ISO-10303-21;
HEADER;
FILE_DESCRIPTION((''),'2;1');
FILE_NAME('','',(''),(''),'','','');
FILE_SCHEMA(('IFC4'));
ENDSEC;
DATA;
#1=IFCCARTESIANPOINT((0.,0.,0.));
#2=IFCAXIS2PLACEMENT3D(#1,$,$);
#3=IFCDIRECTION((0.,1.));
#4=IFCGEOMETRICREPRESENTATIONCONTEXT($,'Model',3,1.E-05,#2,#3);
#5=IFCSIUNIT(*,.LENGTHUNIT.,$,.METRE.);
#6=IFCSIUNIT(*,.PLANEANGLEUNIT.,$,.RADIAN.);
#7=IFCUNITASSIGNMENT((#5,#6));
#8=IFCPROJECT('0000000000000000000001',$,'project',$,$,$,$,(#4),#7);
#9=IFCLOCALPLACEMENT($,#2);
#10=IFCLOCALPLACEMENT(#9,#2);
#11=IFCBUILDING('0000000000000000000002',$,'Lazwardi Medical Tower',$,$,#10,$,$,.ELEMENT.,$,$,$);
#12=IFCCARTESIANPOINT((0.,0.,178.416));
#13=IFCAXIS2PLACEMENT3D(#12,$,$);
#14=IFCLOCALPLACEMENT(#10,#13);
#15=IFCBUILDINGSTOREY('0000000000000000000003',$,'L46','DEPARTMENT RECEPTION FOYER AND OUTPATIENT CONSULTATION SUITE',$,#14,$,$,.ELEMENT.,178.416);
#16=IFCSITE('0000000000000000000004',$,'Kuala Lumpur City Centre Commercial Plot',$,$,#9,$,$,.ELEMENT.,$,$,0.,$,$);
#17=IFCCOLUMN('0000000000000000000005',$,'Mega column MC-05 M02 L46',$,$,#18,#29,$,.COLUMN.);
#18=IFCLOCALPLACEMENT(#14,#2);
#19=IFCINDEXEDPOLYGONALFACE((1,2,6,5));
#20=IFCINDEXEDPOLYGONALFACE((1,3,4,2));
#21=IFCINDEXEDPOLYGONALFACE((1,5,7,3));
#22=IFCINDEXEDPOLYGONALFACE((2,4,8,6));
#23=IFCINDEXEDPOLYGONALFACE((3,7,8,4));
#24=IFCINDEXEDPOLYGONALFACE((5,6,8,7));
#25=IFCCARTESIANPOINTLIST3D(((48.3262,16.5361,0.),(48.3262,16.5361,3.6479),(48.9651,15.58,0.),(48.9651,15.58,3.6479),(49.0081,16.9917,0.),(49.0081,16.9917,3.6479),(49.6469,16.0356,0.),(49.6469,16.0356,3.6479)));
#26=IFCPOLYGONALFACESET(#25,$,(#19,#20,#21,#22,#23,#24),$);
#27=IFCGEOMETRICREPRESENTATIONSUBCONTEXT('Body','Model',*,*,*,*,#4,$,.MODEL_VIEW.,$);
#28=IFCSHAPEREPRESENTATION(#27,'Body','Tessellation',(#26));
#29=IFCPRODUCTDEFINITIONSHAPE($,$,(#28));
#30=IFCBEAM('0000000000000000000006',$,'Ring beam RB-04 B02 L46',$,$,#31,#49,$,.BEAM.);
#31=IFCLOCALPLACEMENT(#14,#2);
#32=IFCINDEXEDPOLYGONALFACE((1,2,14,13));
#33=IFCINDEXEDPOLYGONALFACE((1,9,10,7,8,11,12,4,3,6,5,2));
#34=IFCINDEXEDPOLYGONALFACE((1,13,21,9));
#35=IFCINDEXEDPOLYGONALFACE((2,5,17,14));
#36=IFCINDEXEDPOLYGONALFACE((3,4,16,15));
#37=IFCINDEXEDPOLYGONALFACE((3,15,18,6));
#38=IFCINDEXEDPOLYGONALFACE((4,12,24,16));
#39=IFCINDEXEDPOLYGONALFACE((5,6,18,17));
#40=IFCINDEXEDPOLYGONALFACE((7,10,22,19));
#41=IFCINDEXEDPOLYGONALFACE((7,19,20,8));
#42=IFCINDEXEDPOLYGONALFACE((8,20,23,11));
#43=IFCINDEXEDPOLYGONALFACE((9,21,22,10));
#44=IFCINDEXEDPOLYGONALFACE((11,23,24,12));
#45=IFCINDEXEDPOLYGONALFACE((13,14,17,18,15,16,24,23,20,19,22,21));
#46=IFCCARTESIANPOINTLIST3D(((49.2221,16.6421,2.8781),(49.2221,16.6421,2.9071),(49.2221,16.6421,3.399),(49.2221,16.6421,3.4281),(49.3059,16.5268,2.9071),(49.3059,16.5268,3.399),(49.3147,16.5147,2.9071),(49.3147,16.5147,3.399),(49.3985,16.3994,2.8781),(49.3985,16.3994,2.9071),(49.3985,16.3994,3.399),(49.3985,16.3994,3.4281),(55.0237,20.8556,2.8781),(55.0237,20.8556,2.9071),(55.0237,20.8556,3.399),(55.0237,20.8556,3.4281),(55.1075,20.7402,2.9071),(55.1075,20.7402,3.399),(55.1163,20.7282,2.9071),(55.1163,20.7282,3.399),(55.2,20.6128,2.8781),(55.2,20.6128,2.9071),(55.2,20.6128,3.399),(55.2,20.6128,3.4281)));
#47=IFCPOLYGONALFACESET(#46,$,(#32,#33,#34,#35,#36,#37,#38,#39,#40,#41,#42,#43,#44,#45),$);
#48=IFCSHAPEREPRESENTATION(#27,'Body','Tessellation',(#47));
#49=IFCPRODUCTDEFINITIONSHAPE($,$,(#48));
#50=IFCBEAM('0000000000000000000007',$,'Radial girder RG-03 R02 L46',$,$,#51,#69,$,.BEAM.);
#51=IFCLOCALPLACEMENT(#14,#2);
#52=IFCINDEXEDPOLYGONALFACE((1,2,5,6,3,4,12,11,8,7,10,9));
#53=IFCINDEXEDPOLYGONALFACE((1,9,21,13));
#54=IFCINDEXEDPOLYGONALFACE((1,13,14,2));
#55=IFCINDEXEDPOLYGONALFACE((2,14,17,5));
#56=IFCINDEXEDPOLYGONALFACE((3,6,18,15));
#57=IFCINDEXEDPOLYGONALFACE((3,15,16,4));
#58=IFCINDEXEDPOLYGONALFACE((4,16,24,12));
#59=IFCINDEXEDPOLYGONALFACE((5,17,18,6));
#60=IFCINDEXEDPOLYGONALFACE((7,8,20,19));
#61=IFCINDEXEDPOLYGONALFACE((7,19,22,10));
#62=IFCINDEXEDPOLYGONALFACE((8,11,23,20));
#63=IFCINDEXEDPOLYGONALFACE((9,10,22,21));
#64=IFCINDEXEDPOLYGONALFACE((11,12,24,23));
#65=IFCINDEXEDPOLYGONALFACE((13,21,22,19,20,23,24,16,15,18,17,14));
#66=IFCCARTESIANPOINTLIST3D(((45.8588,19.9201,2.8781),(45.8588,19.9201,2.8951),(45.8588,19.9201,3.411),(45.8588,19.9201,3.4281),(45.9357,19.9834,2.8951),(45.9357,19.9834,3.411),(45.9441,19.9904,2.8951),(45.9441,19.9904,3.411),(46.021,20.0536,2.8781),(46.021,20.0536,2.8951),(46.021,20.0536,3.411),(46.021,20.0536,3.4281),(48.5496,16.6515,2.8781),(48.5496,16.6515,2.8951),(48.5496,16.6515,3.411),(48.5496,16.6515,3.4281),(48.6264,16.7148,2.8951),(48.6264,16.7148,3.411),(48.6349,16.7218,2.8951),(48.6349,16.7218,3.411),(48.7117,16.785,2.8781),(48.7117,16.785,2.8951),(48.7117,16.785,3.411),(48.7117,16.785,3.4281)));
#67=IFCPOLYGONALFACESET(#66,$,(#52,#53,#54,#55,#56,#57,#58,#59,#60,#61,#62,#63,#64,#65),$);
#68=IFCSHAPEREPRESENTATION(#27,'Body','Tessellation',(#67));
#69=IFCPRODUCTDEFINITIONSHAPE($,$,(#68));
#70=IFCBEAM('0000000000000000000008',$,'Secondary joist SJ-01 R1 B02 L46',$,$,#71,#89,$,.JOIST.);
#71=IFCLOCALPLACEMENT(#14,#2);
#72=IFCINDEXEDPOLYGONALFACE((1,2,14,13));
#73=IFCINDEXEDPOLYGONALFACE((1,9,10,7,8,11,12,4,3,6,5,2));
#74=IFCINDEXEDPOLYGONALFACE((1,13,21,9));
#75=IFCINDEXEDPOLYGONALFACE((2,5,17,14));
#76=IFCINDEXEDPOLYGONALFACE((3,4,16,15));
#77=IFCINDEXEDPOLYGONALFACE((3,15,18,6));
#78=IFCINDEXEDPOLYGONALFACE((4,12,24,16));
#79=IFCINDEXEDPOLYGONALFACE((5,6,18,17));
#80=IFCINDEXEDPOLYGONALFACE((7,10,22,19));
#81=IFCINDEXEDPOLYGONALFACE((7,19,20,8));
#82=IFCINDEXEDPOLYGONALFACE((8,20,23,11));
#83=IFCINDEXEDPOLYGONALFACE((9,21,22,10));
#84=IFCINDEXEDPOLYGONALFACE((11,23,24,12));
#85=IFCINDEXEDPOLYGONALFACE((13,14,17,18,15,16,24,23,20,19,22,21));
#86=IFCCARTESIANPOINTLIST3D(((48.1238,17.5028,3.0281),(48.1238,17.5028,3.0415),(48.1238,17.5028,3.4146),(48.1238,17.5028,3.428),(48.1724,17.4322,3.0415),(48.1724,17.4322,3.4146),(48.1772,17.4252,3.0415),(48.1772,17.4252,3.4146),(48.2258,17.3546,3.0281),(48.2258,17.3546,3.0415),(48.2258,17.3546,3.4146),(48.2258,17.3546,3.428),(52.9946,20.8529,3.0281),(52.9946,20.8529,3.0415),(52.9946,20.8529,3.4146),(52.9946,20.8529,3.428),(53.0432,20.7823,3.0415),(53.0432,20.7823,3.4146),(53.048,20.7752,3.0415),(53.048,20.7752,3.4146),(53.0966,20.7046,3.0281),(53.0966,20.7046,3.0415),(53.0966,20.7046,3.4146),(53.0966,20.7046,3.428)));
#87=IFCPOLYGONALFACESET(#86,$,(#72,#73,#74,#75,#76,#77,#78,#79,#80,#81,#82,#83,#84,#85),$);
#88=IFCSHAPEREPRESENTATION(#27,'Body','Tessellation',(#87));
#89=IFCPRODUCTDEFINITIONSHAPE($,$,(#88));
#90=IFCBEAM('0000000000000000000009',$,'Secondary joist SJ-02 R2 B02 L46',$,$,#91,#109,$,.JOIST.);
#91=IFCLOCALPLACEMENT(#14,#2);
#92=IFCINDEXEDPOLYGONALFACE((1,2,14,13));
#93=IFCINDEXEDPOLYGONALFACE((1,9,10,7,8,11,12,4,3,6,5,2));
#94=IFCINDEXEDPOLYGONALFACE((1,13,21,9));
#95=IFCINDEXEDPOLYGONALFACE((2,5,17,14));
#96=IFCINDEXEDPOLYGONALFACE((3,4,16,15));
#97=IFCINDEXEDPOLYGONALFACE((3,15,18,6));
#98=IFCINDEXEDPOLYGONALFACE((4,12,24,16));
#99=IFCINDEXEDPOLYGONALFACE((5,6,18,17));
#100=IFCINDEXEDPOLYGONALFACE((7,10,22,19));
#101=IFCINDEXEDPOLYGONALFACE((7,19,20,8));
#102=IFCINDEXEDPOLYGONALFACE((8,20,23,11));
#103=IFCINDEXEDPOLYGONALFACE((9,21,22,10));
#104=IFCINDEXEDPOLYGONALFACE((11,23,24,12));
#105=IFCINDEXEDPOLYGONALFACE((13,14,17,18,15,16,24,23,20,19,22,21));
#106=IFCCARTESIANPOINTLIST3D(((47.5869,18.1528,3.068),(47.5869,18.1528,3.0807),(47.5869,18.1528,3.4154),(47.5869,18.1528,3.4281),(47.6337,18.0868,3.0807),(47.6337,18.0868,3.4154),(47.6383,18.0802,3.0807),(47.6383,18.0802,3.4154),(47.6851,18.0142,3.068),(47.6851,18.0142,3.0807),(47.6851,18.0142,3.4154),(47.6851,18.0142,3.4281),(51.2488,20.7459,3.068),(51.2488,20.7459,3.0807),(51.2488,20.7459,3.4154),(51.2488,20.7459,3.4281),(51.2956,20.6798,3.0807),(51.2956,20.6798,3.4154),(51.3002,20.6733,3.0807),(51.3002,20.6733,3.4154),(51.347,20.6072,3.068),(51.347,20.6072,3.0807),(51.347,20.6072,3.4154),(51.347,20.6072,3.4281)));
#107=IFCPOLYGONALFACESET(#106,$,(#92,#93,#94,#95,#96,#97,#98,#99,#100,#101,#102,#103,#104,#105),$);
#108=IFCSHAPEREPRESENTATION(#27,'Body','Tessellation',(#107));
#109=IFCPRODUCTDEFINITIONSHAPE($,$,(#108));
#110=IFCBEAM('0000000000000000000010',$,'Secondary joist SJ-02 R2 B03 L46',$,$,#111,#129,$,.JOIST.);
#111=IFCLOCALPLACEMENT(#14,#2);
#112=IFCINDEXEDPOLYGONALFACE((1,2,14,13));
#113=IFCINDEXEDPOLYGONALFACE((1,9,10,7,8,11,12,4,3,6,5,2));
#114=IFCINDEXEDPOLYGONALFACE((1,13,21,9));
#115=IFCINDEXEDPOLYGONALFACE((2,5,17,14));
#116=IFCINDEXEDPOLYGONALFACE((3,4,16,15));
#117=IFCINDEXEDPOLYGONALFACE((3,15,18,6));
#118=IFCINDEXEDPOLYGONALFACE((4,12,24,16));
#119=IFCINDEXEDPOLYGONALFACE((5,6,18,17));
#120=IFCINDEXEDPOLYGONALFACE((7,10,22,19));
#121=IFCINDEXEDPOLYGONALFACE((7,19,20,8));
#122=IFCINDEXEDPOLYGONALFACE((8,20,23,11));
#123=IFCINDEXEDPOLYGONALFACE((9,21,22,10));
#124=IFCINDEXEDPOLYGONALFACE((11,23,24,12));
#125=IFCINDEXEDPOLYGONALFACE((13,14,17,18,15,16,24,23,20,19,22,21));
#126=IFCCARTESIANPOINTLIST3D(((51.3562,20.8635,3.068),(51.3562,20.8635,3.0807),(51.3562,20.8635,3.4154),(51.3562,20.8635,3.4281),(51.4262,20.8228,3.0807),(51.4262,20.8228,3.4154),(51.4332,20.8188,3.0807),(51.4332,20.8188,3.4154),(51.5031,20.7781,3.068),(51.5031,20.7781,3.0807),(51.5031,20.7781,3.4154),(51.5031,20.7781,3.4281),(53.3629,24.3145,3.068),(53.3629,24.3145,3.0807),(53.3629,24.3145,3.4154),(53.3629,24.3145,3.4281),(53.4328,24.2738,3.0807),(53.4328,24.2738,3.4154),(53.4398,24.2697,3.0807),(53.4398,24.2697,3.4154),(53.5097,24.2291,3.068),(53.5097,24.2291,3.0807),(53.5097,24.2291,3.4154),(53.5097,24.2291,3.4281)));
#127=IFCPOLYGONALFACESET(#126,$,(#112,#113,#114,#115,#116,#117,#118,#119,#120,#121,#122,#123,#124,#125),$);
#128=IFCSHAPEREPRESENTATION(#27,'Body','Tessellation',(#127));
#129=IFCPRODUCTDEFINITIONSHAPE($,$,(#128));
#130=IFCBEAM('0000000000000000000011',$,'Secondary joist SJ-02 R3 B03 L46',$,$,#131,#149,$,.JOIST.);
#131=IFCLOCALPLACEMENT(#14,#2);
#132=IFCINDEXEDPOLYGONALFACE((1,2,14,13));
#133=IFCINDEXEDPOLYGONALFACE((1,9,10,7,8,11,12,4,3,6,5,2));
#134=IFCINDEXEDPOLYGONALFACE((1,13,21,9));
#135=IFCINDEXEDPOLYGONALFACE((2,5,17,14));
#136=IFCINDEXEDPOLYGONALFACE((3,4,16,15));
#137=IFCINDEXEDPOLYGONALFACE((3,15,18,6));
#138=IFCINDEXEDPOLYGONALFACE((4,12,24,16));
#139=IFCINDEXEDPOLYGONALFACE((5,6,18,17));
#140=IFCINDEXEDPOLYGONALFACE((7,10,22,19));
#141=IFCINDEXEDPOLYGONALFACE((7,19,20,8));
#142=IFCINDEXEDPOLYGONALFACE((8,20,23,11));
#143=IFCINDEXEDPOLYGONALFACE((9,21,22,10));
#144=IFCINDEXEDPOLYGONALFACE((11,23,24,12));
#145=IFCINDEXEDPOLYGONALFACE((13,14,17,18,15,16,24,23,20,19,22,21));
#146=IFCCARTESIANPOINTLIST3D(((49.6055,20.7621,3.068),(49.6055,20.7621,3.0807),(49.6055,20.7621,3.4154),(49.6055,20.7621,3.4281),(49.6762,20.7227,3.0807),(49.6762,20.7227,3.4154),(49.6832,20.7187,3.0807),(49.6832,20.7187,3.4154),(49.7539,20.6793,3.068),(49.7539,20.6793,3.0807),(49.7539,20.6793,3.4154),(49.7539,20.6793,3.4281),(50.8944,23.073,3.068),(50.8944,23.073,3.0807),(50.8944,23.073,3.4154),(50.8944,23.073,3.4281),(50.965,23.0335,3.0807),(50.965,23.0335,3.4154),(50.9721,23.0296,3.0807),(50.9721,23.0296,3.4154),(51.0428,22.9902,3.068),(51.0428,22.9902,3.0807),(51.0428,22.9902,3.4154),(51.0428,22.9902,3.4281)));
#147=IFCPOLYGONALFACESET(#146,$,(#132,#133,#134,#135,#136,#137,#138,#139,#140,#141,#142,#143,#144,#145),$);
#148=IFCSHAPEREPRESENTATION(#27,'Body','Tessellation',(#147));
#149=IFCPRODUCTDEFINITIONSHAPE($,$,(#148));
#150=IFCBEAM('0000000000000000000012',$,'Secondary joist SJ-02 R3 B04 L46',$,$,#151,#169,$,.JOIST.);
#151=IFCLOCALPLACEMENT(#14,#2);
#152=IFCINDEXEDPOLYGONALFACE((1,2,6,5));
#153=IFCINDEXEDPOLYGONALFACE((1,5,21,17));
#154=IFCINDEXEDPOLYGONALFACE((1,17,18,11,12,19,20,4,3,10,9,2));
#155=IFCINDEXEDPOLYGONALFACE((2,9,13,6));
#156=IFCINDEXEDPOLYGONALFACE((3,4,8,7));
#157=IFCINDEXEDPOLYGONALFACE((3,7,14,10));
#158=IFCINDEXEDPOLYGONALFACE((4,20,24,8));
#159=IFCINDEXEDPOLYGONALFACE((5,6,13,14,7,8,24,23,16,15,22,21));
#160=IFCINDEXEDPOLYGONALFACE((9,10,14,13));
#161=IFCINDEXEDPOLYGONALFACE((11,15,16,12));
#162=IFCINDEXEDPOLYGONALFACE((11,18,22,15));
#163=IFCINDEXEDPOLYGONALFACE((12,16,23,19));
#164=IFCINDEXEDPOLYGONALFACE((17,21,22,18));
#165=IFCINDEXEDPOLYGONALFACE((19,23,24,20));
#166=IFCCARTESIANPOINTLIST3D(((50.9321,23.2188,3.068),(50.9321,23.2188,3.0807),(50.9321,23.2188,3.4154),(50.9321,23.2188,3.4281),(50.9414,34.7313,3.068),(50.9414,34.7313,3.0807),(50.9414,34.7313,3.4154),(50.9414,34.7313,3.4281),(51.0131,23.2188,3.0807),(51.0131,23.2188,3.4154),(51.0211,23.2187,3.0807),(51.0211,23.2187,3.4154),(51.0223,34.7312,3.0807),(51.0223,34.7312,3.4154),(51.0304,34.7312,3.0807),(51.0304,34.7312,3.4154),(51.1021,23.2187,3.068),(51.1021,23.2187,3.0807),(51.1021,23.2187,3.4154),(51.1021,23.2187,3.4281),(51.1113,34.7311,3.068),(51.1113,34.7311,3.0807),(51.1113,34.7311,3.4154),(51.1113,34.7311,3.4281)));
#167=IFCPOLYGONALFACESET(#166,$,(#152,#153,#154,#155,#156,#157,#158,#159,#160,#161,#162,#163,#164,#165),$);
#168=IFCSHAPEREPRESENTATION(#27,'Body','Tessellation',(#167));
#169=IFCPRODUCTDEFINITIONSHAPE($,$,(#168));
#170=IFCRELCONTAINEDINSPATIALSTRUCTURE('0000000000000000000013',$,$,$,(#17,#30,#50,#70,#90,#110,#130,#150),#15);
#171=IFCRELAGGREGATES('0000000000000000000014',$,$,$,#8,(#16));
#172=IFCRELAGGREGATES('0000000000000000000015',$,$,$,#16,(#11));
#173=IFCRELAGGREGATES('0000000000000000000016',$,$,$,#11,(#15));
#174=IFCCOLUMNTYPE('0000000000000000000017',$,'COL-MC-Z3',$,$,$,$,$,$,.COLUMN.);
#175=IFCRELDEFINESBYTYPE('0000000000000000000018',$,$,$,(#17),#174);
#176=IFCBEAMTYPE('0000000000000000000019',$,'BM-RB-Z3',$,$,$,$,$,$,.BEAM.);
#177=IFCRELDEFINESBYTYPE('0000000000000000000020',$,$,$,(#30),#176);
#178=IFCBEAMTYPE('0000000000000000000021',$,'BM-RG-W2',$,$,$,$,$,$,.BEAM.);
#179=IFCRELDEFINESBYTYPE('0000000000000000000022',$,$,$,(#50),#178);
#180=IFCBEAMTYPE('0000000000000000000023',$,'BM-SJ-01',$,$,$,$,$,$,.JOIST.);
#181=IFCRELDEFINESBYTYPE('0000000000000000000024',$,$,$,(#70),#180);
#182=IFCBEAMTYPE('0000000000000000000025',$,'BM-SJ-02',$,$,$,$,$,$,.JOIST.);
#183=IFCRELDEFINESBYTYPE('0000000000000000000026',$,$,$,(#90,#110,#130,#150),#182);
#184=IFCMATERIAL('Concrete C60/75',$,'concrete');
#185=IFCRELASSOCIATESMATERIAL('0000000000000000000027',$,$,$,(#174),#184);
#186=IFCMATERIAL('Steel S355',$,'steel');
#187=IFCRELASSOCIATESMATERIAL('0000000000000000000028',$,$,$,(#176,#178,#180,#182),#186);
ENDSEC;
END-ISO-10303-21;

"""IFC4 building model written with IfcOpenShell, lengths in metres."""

from ifc_helpers import new_model, si_unit, direction, frame, origin, origin_2d, place, context, subcontext, project, spatial, rectangle, i_section, extrude, material, material_profile, profile_set, type_object, element, save


model = new_model("IFC4")

# Units and contexts
model_context = context("Model", 3, precision=1e-05, world=origin(), true_north=direction((0.0, 1.0)))
body_context = subcontext(model_context, "Body", "Model", "MODEL_VIEW")
ifc_project = project(units=[si_unit("LENGTHUNIT", "METRE"), si_unit("PLANEANGLEUNIT", "RADIAN")], contexts=[model_context])

# Site, building, storey
site_placement = place(None, origin())
site = spatial("IfcSite", under=ifc_project, at=site_placement, Name="Kuala Lumpur City Centre Commercial Plot", CompositionType="ELEMENT", RefElevation=0.0)
building_placement = place(site_placement, origin())
building = spatial("IfcBuilding", under=site, at=building_placement, Name="Lazwardi Medical Tower", CompositionType="ELEMENT")
storey_placement = place(building_placement, frame((0.0, 0.0, 178.416)))
storey = spatial("IfcBuildingStorey", under=building, at=storey_placement, Name="L46", Description="DEPARTMENT RECEPTION FOYER AND OUTPATIENT CONSULTATION SUITE", CompositionType="ELEMENT", Elevation=178.416)

# Column
ifc_material_1 = material(Name="Concrete C60/75", Category="concrete")
ifc_material_profile_1 = material_profile(ifc_material_1, rectangle(XDim=1.1499, YDim=0.8201, at=origin_2d()), Name="CFT-RECT 1150x820")
ifc_profile_set_1 = profile_set([ifc_material_profile_1], Name="Concrete C60/75")
column_type = type_object("IfcColumnType", Name="COL-MC-Z3", PredefinedType="COLUMN", material=ifc_profile_set_1)
column_placement = place(storey_placement, frame((48.9866, 16.2859, 0.0), z_axis=(0.0, 0.0, 1.0), x_axis=(0.55557, -0.83147, 0.0)))
element("IfcColumn", 1, at=column_placement, inside=storey, type_object=column_type, Name="Mega column MC-05 M02 L46", PredefinedType="COLUMN", context=body_context, shape_type="SweptSolid", body=[
    extrude(rectangle(XDim=1.1499, YDim=0.8201, at=origin_2d()), origin(), (0.0, 0.0, 1.0), 3.6479),
])

# Beams
ifc_material_2 = material(Name="Steel S355", Category="steel")
ifc_material_profile_2 = material_profile(ifc_material_2, i_section(OverallWidth=0.3, OverallDepth=0.55, WebThickness=0.0149, FlangeThickness=0.0291, at=origin_2d()), Name="HEB 550")
ifc_profile_set_2 = profile_set([ifc_material_profile_2], Name="Steel S355")
beam_type_1 = type_object("IfcBeamType", Name="BM-RB-Z3", PredefinedType="BEAM", material=ifc_profile_set_2)
beam_1_placement = place(storey_placement, frame((49.3103, 16.5208, 3.1531), z_axis=(0.809128, 0.587633, 0.0), x_axis=(-0.587633, 0.809128, 0.0)))
element("IfcBeam", 2, at=beam_1_placement, inside=storey, type_object=beam_type_1, Name="Ring beam RB-04 B02 L46", PredefinedType="BEAM", context=body_context, shape_type="SweptSolid", body=[
    extrude(i_section(OverallWidth=0.3, OverallDepth=0.55, WebThickness=0.0149, FlangeThickness=0.0291, at=origin_2d()), origin(), (0.0, 0.0, 1.0), 7.1702),
])
ifc_material_profile_3 = material_profile(ifc_material_2, i_section(OverallWidth=0.21, OverallDepth=0.55, WebThickness=0.011, FlangeThickness=0.0171, at=origin_2d()), Name="IPE 550")
ifc_profile_set_3 = profile_set([ifc_material_profile_3], Name="Steel S355")
beam_type_2 = type_object("IfcBeamType", Name="BM-RG-W2", PredefinedType="BEAM", material=ifc_profile_set_3)
beam_2_placement = place(storey_placement, frame((48.6306, 16.7183, 3.1531), z_axis=(-0.635556, 0.772055, 0.0), x_axis=(-0.772055, -0.635556, 0.0)))
element("IfcBeam", 3, at=beam_2_placement, inside=storey, type_object=beam_type_2, Name="Radial girder RG-03 R02 L46", PredefinedType="BEAM", context=body_context, shape_type="SweptSolid", body=[
    extrude(i_section(OverallWidth=0.21, OverallDepth=0.55, WebThickness=0.011, FlangeThickness=0.0171, at=origin_2d()), origin(), (0.0, 0.0, 1.0), 4.2336),
])
ifc_material_profile_4 = material_profile(ifc_material_2, i_section(OverallWidth=0.1799, OverallDepth=0.3999, WebThickness=0.0085, FlangeThickness=0.0134, at=origin_2d()), Name="IPE 400")
ifc_profile_set_4 = profile_set([ifc_material_profile_4], Name="Steel S355")
beam_type_3 = type_object("IfcBeamType", Name="BM-SJ-01", PredefinedType="JOIST", material=ifc_profile_set_4)
beam_3_placement = place(storey_placement, frame((48.1748, 17.4287, 3.228), z_axis=(0.823932, 0.566688, 0.0), x_axis=(-0.566688, 0.823932, 0.0)))
element("IfcBeam", 4, at=beam_3_placement, inside=storey, type_object=beam_type_3, Name="Secondary joist SJ-01 R1 B02 L46", PredefinedType="JOIST", context=body_context, shape_type="SweptSolid", body=[
    extrude(i_section(OverallWidth=0.1799, OverallDepth=0.3999, WebThickness=0.0085, FlangeThickness=0.0134, at=origin_2d()), origin(), (0.0, 0.0, 1.0), 5.9116),
])
ifc_material_profile_5 = material_profile(ifc_material_2, i_section(OverallWidth=0.1699, OverallDepth=0.3601, WebThickness=0.0081, FlangeThickness=0.0127, at=origin_2d()), Name="IPE 360")
ifc_profile_set_5 = profile_set([ifc_material_profile_5], Name="Steel S355")
beam_type_4 = type_object("IfcBeamType", Name="BM-SJ-02", PredefinedType="JOIST", material=ifc_profile_set_5)
beam_4_placement = place(storey_placement, frame((47.636, 18.0835, 3.248), z_axis=(0.816109, 0.577898, 0.0), x_axis=(-0.577898, 0.816109, 0.0)))
element("IfcBeam", 5, at=beam_4_placement, inside=storey, type_object=beam_type_4, Name="Secondary joist SJ-02 R2 B02 L46", PredefinedType="JOIST", context=body_context, shape_type="SweptSolid", body=[
    extrude(i_section(OverallWidth=0.1699, OverallDepth=0.3601, WebThickness=0.0081, FlangeThickness=0.0127, at=origin_2d()), origin(), (0.0, 0.0, 1.0), 4.4871),
])
beam_5_placement = place(storey_placement, frame((51.4297, 20.8208, 3.248), z_axis=(0.502665, 0.864481, 0.0), x_axis=(-0.864481, 0.502665, 0.0)))
element("IfcBeam", 6, at=beam_5_placement, inside=storey, type_object=beam_type_4, Name="Secondary joist SJ-02 R2 B03 L46", PredefinedType="JOIST", context=body_context, shape_type="SweptSolid", body=[
    extrude(i_section(OverallWidth=0.1699, OverallDepth=0.3601, WebThickness=0.0081, FlangeThickness=0.0127, at=origin_2d()), origin(), (0.0, 0.0, 1.0), 3.9919),
])
beam_6_placement = place(storey_placement, frame((49.6797, 20.7207, 3.248), z_axis=(0.487099, 0.873347, 0.0), x_axis=(-0.873347, 0.487099, 0.0)))
element("IfcBeam", 7, at=beam_6_placement, inside=storey, type_object=beam_type_4, Name="Secondary joist SJ-02 R3 B03 L46", PredefinedType="JOIST", context=body_context, shape_type="SweptSolid", body=[
    extrude(i_section(OverallWidth=0.1699, OverallDepth=0.3601, WebThickness=0.0081, FlangeThickness=0.0127, at=origin_2d()), origin(), (0.0, 0.0, 1.0), 2.646),
])
beam_7_placement = place(storey_placement, frame((51.0171, 23.2188, 3.248), z_axis=(0.000806, 1.0, 0.0), x_axis=(-1.0, 0.000806, 0.0)))
element("IfcBeam", 8, at=beam_7_placement, inside=storey, type_object=beam_type_4, Name="Secondary joist SJ-02 R3 B04 L46", PredefinedType="JOIST", context=body_context, shape_type="SweptSolid", body=[
    extrude(i_section(OverallWidth=0.1699, OverallDepth=0.3601, WebThickness=0.0081, FlangeThickness=0.0127, at=origin_2d()), origin(), (0.0, 0.0, 1.0), 11.5125),
])

save(model, "model.ifc")
